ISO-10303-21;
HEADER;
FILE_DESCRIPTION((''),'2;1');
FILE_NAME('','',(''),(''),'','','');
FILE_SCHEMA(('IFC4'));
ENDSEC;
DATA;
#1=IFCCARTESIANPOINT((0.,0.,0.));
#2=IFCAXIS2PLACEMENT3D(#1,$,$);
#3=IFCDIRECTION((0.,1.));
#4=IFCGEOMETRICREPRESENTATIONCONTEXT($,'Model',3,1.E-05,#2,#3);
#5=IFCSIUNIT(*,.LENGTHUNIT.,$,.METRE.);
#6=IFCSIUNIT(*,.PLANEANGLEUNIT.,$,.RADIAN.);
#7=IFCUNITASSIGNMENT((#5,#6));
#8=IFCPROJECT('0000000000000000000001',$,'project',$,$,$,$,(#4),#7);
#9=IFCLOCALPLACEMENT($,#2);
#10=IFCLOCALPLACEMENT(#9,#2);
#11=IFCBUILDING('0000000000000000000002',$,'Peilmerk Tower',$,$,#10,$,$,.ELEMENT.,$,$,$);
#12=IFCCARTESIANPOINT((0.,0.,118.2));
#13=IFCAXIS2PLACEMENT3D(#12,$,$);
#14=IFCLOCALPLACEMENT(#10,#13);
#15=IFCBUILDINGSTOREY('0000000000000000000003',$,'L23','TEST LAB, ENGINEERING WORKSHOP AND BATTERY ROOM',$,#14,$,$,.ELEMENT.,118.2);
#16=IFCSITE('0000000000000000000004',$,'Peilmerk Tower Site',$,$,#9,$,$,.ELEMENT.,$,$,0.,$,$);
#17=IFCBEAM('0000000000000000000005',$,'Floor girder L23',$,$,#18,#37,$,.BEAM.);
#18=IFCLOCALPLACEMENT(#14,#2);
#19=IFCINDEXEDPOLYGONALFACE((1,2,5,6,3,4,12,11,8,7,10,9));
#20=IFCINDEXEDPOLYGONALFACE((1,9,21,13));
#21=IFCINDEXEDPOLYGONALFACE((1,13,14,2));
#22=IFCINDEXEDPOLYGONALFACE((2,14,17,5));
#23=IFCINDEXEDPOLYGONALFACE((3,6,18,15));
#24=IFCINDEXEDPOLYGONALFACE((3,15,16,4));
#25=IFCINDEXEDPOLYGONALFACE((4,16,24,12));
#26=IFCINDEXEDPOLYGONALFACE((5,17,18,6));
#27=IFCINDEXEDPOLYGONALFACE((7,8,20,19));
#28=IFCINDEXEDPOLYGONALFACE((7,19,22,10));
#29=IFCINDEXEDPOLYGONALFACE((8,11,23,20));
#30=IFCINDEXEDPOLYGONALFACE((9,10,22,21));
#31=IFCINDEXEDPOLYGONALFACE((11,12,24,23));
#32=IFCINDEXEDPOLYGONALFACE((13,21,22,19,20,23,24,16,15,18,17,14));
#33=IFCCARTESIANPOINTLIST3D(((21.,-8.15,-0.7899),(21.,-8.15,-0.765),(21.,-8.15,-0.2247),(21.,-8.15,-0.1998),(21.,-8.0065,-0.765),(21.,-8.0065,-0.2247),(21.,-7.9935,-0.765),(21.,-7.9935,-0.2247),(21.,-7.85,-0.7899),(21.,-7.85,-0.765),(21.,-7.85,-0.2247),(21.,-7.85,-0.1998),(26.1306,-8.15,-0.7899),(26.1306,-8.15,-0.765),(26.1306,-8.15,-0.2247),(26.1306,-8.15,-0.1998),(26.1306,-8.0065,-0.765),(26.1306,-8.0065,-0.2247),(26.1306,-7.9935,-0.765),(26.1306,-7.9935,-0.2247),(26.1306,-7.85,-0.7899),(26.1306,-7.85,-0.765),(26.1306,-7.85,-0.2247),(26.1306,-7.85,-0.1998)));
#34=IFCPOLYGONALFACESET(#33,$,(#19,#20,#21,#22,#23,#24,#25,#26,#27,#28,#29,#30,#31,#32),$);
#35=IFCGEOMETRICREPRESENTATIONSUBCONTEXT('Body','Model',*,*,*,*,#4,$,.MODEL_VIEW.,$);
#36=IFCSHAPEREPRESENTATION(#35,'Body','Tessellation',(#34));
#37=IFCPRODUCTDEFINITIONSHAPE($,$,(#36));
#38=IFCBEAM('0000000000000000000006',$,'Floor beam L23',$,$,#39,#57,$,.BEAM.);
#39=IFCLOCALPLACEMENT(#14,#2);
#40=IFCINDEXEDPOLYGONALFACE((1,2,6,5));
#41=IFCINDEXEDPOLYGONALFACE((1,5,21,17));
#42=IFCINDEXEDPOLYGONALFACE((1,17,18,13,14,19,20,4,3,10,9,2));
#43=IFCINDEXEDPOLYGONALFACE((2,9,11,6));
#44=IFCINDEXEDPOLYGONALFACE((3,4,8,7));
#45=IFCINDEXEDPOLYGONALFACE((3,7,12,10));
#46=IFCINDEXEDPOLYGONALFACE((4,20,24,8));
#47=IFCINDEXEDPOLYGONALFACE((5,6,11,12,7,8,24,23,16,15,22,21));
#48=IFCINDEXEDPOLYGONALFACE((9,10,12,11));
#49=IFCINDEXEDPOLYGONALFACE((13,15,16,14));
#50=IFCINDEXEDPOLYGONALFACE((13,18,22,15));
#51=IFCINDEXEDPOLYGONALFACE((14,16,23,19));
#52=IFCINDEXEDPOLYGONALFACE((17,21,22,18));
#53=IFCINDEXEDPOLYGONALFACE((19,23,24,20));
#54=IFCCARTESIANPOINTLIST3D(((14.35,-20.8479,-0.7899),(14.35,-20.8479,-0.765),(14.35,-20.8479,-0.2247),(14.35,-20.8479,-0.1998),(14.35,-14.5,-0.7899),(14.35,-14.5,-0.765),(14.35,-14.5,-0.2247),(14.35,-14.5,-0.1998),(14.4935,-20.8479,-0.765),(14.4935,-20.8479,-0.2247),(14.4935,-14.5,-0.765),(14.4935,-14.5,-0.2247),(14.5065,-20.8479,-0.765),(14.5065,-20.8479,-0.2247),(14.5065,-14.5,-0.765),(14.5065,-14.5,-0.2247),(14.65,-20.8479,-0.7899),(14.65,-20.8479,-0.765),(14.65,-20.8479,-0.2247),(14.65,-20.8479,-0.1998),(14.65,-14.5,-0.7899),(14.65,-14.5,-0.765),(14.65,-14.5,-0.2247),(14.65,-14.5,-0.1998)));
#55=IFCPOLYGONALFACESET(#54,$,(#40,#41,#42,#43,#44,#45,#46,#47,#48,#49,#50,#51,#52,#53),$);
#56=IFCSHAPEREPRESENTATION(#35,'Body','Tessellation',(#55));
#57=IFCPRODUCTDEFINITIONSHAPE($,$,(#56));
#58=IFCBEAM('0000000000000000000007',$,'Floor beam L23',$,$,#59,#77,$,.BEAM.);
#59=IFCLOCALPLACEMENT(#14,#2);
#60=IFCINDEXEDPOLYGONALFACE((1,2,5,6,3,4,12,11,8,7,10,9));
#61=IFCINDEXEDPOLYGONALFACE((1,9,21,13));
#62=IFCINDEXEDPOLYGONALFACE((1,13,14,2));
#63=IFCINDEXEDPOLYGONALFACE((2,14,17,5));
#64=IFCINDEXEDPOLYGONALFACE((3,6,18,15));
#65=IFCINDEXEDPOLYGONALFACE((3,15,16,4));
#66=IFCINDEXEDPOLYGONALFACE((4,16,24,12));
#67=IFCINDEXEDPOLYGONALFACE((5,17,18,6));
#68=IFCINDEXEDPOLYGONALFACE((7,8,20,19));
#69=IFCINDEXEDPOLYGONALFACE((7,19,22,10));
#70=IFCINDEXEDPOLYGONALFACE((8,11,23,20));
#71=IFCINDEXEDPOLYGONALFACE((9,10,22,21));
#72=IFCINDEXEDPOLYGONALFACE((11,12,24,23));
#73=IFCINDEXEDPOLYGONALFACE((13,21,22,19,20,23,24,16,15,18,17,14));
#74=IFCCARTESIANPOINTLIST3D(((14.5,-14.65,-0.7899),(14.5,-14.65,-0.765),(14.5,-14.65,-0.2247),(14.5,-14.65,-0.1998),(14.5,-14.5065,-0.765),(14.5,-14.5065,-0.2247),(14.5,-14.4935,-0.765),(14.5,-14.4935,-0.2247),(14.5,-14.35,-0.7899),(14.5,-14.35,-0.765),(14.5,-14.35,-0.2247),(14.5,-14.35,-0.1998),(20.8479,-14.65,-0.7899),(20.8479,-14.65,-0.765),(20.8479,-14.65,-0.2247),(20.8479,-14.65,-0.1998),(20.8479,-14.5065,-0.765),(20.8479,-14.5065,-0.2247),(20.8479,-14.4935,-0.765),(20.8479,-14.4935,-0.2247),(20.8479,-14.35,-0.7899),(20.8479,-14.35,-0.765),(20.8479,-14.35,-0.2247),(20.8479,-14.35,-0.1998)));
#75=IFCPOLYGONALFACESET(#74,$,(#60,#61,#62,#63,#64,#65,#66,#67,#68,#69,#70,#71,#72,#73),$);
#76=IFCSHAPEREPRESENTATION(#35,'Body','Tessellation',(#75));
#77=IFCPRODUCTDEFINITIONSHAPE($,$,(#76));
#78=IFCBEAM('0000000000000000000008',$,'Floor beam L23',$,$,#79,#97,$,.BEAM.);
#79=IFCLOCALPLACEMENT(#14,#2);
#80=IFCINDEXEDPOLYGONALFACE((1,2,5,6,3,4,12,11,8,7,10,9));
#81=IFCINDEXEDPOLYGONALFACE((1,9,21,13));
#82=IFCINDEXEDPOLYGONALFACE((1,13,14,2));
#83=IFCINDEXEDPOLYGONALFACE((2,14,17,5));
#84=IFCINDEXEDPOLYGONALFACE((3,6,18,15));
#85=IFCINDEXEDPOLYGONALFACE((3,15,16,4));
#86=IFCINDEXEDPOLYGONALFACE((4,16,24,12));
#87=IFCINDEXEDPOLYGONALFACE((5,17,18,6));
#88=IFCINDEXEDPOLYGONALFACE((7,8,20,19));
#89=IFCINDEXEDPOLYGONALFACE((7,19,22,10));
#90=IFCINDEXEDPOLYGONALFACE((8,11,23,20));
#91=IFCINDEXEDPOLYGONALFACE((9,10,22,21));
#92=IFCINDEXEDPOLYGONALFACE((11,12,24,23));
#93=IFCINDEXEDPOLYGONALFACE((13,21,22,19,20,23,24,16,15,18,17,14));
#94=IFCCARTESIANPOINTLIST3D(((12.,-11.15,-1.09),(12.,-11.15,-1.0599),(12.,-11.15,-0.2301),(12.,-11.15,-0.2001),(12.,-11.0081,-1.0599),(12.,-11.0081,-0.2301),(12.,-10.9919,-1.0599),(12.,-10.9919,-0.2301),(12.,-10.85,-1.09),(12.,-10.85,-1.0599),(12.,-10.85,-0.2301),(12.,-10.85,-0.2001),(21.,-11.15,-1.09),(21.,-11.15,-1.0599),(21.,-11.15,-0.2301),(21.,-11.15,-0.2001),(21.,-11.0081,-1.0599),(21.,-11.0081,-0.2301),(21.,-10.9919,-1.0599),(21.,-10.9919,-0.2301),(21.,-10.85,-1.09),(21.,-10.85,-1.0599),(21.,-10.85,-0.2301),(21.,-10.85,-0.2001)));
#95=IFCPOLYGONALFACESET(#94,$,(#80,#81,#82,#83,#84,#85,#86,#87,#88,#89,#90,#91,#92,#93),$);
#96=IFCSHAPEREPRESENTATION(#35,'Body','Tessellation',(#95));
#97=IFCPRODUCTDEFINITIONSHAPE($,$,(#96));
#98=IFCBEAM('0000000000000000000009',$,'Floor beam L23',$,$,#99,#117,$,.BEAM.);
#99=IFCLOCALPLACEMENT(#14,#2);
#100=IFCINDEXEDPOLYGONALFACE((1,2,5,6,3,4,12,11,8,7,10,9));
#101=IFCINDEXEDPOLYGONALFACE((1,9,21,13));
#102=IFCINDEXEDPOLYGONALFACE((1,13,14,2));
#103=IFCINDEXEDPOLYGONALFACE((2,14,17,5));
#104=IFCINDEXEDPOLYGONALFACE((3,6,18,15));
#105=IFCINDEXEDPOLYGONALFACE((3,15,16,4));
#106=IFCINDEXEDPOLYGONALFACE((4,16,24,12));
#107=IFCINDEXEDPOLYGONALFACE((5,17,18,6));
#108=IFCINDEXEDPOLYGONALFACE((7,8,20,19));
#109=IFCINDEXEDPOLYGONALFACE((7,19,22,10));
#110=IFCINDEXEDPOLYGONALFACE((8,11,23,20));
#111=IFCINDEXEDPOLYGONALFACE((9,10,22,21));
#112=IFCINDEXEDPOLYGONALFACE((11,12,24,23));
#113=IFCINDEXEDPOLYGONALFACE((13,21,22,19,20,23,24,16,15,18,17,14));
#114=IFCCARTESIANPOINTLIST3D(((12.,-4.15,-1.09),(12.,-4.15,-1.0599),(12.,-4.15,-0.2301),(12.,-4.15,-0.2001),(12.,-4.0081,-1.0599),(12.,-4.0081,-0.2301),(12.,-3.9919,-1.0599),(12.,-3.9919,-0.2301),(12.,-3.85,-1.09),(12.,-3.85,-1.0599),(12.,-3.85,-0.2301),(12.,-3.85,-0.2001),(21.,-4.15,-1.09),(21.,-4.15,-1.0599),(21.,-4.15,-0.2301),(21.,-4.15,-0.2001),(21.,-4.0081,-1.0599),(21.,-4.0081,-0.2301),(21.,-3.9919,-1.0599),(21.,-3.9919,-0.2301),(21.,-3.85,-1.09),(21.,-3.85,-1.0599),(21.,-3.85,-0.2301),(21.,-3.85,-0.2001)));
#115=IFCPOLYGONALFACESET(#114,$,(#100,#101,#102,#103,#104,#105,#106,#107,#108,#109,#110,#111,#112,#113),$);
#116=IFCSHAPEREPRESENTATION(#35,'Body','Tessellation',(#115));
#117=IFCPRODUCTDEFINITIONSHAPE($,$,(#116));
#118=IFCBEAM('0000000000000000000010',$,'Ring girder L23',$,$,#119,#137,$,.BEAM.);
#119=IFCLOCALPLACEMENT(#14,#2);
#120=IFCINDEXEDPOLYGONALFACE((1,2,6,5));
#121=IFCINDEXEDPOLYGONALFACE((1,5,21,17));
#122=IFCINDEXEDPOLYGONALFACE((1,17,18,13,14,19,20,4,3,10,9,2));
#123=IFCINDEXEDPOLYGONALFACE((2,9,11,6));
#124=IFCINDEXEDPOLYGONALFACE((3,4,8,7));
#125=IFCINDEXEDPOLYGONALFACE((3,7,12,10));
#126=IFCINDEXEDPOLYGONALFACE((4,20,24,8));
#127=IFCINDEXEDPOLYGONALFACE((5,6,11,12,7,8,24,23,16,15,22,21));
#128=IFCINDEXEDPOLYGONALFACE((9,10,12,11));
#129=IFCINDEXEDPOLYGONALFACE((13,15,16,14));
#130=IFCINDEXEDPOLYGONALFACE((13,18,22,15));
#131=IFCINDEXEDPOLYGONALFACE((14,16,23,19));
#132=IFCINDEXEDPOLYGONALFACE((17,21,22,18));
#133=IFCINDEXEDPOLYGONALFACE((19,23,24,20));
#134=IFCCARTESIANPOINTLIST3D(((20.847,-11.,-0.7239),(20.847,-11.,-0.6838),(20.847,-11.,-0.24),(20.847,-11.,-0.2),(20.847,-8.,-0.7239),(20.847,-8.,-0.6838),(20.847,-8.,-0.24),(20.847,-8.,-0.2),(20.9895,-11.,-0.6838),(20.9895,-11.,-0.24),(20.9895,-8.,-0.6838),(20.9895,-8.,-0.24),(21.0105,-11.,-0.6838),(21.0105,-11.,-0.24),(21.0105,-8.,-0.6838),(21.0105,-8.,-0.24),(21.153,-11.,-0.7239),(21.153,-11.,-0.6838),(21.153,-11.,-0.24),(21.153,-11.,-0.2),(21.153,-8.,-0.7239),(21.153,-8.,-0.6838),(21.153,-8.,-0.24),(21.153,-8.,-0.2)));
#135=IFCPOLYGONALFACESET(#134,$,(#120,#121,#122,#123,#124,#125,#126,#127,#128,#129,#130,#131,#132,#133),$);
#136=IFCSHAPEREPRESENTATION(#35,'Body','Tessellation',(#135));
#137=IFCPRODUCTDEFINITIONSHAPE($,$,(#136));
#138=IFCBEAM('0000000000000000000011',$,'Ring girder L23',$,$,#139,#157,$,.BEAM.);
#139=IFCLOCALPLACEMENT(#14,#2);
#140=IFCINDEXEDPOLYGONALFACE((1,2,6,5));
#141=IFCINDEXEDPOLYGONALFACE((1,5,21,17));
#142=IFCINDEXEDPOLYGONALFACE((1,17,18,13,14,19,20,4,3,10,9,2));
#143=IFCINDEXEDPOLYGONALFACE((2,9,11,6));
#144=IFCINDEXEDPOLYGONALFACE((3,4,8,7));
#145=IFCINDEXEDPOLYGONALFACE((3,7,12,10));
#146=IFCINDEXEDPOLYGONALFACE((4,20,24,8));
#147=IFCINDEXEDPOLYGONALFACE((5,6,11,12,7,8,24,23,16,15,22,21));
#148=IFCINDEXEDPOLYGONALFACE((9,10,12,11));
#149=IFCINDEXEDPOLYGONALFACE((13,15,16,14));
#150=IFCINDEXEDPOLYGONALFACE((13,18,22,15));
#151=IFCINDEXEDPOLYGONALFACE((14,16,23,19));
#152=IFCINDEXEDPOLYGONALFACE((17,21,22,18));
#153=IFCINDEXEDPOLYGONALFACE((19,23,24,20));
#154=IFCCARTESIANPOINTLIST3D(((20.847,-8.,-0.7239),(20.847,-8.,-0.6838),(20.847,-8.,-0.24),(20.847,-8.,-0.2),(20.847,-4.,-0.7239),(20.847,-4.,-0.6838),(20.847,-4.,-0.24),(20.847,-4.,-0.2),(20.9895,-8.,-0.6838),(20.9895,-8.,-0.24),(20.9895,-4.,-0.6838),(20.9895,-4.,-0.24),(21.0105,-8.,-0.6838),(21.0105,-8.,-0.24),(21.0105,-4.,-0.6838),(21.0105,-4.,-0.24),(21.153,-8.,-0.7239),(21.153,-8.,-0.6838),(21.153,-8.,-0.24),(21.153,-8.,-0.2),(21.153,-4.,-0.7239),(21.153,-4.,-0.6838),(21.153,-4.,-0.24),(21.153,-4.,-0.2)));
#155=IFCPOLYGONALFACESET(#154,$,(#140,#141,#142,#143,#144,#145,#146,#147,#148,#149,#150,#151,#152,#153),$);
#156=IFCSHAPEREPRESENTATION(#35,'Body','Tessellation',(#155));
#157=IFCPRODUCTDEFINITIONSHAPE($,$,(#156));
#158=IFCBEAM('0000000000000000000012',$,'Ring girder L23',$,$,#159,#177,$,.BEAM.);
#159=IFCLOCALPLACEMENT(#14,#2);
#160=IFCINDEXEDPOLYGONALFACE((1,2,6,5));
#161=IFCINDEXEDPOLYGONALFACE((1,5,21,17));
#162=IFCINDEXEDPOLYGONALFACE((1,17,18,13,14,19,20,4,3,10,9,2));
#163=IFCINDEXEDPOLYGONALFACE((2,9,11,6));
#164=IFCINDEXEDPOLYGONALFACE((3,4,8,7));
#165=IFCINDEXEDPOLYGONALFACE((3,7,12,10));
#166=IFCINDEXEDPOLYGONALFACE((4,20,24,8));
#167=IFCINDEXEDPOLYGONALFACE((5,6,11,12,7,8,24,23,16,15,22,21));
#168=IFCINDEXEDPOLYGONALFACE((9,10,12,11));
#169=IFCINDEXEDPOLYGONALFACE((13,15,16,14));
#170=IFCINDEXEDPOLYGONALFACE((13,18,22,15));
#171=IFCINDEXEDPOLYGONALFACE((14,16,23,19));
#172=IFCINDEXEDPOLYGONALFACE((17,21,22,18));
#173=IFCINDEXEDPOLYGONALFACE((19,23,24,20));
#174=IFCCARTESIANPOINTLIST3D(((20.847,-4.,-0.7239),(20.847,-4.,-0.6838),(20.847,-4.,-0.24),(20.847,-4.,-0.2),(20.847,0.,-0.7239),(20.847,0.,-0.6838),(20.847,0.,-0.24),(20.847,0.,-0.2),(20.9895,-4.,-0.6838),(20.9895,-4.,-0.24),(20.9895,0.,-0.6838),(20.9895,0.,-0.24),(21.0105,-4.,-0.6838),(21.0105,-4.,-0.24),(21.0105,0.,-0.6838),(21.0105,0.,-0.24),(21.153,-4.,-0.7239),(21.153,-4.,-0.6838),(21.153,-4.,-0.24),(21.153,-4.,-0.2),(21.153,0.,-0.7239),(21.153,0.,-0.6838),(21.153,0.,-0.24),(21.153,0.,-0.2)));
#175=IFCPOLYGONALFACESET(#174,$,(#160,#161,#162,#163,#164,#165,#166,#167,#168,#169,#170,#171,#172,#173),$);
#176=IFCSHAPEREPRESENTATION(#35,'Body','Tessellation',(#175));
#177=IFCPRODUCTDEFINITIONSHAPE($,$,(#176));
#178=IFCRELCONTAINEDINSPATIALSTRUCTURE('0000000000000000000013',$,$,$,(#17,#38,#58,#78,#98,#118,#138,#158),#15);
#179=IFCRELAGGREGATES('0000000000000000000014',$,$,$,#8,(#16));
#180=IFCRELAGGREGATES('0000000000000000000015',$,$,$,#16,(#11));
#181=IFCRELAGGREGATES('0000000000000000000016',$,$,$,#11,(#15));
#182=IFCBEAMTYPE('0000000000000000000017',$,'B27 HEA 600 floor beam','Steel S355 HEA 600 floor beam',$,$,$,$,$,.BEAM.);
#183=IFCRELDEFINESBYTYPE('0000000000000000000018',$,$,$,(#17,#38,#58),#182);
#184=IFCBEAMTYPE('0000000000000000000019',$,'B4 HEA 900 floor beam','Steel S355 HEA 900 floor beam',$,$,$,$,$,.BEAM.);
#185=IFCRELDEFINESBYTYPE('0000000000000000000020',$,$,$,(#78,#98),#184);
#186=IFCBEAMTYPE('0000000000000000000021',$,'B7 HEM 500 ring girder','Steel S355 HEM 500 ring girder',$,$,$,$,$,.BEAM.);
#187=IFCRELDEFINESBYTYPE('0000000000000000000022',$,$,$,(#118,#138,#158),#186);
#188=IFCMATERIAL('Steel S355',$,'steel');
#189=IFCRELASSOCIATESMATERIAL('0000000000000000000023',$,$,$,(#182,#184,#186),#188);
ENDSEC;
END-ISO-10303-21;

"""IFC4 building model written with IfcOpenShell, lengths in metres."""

from ifc_helpers import new_model, si_unit, direction, frame, origin, origin_2d, place, context, subcontext, project, spatial, i_section, extrude, material, material_profile, profile_set, type_object, element, save


model = new_model("IFC4")

# Units and contexts
model_context = context("Model", 3, precision=1e-05, world=origin(), true_north=direction((0.0, 1.0)))
body_context = subcontext(model_context, "Body", "Model", "MODEL_VIEW")
ifc_project = project(units=[si_unit("LENGTHUNIT", "METRE"), si_unit("PLANEANGLEUNIT", "RADIAN")], contexts=[model_context])

# Site, building, storey
site_placement = place(None, origin())
site = spatial("IfcSite", under=ifc_project, at=site_placement, Name="Peilmerk Tower Site", CompositionType="ELEMENT", RefElevation=0.0)
building_placement = place(site_placement, origin())
building = spatial("IfcBuilding", under=site, at=building_placement, Name="Peilmerk Tower", CompositionType="ELEMENT")
storey_placement = place(building_placement, frame((0.0, 0.0, 118.2)))
storey = spatial("IfcBuildingStorey", under=building, at=storey_placement, Name="L23", Description="TEST LAB, ENGINEERING WORKSHOP AND BATTERY ROOM", CompositionType="ELEMENT", Elevation=118.2)

# Beams
ifc_material_1 = material(Name="Steel S355", Category="steel")
ifc_material_profile_1 = material_profile(ifc_material_1, i_section(OverallWidth=0.3, OverallDepth=0.5901, WebThickness=0.0129, FlangeThickness=0.0249, at=origin_2d()), Name="HEA 600")
ifc_profile_set_1 = profile_set([ifc_material_profile_1], Name="Steel S355")
beam_type_1 = type_object("IfcBeamType", Name="B27 HEA 600 floor beam", Description="Steel S355 HEA 600 floor beam", PredefinedType="BEAM", material=ifc_profile_set_1)
beam_1_placement = place(storey_placement, frame((21.0, -8.0, -0.4949), z_axis=(1.0, 0.0, 0.0), x_axis=(0.0, 1.0, 0.0)))
element("IfcBeam", 1, at=beam_1_placement, inside=storey, type_object=beam_type_1, Name="Floor girder L23", PredefinedType="BEAM", context=body_context, shape_type="SweptSolid", body=[
    extrude(i_section(OverallWidth=0.3, OverallDepth=0.5901, WebThickness=0.0129, FlangeThickness=0.0249, at=origin_2d()), origin(), (0.0, 0.0, 1.0), 5.1306),
])
for number, where, z_axis, x_axis, name in (
    (2, (14.5, -14.5, -0.4949), (0.0, -1.0, 0.0), (1.0, 0.0, 0.0), "Floor beam L23"),
    (3, (14.5, -14.5, -0.4949), (1.0, 0.0, 0.0), (0.0, 1.0, 0.0), "Floor beam L23"),
):
    element("IfcBeam", number, at=place(storey_placement, frame(where, z_axis=z_axis, x_axis=x_axis)), inside=storey, type_object=beam_type_1, Name=name, PredefinedType="BEAM", context=body_context, shape_type="SweptSolid", body=[
        extrude(i_section(OverallWidth=0.3, OverallDepth=0.5901, WebThickness=0.0129, FlangeThickness=0.0249, at=origin_2d()), origin(), (0.0, 0.0, 1.0), 6.3479),
    ])
ifc_material_profile_2 = material_profile(ifc_material_1, i_section(OverallWidth=0.3, OverallDepth=0.8899, WebThickness=0.0161, FlangeThickness=0.03, at=origin_2d()), Name="HEA 900")
ifc_profile_set_2 = profile_set([ifc_material_profile_2], Name="Steel S355")
beam_type_2 = type_object("IfcBeamType", Name="B4 HEA 900 floor beam", Description="Steel S355 HEA 900 floor beam", PredefinedType="BEAM", material=ifc_profile_set_2)
for number, where, z_axis, x_axis, name in (
    (4, (12.0, -11.0, -0.645), (1.0, 0.0, 0.0), (0.0, 1.0, 0.0), "Floor beam L23"),
    (5, (12.0, -4.0, -0.645), (1.0, 0.0, 0.0), (0.0, 1.0, 0.0), "Floor beam L23"),
):
    element("IfcBeam", number, at=place(storey_placement, frame(where, z_axis=z_axis, x_axis=x_axis)), inside=storey, type_object=beam_type_2, Name=name, PredefinedType="BEAM", context=body_context, shape_type="SweptSolid", body=[
        extrude(i_section(OverallWidth=0.3, OverallDepth=0.8899, WebThickness=0.0161, FlangeThickness=0.03, at=origin_2d()), origin(), (0.0, 0.0, 1.0), 9.0),
    ])
ifc_material_profile_3 = material_profile(ifc_material_1, i_section(OverallWidth=0.3059, OverallDepth=0.5239, WebThickness=0.021, FlangeThickness=0.04, at=origin_2d()), Name="HEM 500")
ifc_profile_set_3 = profile_set([ifc_material_profile_3], Name="Steel S355")
beam_type_3 = type_object("IfcBeamType", Name="B7 HEM 500 ring girder", Description="Steel S355 HEM 500 ring girder", PredefinedType="BEAM", material=ifc_profile_set_3)
beam_2_placement = place(storey_placement, frame((21.0, -11.0, -0.4619), z_axis=(0.0, 1.0, 0.0), x_axis=(-1.0, 0.0, 0.0)))
element("IfcBeam", 6, at=beam_2_placement, inside=storey, type_object=beam_type_3, Name="Ring girder L23", PredefinedType="BEAM", context=body_context, shape_type="SweptSolid", body=[
    extrude(i_section(OverallWidth=0.3059, OverallDepth=0.5239, WebThickness=0.021, FlangeThickness=0.04, at=origin_2d()), origin(), (0.0, 0.0, 1.0), 3.0),
])
for number, where, z_axis, x_axis, name in (
    (7, (21.0, -8.0, -0.4619), (0.0, 1.0, 0.0), (-1.0, 0.0, 0.0), "Ring girder L23"),
    (8, (21.0, -4.0, -0.4619), (0.0, 1.0, 0.0), (-1.0, 0.0, 0.0), "Ring girder L23"),
):
    element("IfcBeam", number, at=place(storey_placement, frame(where, z_axis=z_axis, x_axis=x_axis)), inside=storey, type_object=beam_type_3, Name=name, PredefinedType="BEAM", context=body_context, shape_type="SweptSolid", body=[
        extrude(i_section(OverallWidth=0.3059, OverallDepth=0.5239, WebThickness=0.021, FlangeThickness=0.04, at=origin_2d()), origin(), (0.0, 0.0, 1.0), 4.0),
    ])

save(model, "model.ifc")
